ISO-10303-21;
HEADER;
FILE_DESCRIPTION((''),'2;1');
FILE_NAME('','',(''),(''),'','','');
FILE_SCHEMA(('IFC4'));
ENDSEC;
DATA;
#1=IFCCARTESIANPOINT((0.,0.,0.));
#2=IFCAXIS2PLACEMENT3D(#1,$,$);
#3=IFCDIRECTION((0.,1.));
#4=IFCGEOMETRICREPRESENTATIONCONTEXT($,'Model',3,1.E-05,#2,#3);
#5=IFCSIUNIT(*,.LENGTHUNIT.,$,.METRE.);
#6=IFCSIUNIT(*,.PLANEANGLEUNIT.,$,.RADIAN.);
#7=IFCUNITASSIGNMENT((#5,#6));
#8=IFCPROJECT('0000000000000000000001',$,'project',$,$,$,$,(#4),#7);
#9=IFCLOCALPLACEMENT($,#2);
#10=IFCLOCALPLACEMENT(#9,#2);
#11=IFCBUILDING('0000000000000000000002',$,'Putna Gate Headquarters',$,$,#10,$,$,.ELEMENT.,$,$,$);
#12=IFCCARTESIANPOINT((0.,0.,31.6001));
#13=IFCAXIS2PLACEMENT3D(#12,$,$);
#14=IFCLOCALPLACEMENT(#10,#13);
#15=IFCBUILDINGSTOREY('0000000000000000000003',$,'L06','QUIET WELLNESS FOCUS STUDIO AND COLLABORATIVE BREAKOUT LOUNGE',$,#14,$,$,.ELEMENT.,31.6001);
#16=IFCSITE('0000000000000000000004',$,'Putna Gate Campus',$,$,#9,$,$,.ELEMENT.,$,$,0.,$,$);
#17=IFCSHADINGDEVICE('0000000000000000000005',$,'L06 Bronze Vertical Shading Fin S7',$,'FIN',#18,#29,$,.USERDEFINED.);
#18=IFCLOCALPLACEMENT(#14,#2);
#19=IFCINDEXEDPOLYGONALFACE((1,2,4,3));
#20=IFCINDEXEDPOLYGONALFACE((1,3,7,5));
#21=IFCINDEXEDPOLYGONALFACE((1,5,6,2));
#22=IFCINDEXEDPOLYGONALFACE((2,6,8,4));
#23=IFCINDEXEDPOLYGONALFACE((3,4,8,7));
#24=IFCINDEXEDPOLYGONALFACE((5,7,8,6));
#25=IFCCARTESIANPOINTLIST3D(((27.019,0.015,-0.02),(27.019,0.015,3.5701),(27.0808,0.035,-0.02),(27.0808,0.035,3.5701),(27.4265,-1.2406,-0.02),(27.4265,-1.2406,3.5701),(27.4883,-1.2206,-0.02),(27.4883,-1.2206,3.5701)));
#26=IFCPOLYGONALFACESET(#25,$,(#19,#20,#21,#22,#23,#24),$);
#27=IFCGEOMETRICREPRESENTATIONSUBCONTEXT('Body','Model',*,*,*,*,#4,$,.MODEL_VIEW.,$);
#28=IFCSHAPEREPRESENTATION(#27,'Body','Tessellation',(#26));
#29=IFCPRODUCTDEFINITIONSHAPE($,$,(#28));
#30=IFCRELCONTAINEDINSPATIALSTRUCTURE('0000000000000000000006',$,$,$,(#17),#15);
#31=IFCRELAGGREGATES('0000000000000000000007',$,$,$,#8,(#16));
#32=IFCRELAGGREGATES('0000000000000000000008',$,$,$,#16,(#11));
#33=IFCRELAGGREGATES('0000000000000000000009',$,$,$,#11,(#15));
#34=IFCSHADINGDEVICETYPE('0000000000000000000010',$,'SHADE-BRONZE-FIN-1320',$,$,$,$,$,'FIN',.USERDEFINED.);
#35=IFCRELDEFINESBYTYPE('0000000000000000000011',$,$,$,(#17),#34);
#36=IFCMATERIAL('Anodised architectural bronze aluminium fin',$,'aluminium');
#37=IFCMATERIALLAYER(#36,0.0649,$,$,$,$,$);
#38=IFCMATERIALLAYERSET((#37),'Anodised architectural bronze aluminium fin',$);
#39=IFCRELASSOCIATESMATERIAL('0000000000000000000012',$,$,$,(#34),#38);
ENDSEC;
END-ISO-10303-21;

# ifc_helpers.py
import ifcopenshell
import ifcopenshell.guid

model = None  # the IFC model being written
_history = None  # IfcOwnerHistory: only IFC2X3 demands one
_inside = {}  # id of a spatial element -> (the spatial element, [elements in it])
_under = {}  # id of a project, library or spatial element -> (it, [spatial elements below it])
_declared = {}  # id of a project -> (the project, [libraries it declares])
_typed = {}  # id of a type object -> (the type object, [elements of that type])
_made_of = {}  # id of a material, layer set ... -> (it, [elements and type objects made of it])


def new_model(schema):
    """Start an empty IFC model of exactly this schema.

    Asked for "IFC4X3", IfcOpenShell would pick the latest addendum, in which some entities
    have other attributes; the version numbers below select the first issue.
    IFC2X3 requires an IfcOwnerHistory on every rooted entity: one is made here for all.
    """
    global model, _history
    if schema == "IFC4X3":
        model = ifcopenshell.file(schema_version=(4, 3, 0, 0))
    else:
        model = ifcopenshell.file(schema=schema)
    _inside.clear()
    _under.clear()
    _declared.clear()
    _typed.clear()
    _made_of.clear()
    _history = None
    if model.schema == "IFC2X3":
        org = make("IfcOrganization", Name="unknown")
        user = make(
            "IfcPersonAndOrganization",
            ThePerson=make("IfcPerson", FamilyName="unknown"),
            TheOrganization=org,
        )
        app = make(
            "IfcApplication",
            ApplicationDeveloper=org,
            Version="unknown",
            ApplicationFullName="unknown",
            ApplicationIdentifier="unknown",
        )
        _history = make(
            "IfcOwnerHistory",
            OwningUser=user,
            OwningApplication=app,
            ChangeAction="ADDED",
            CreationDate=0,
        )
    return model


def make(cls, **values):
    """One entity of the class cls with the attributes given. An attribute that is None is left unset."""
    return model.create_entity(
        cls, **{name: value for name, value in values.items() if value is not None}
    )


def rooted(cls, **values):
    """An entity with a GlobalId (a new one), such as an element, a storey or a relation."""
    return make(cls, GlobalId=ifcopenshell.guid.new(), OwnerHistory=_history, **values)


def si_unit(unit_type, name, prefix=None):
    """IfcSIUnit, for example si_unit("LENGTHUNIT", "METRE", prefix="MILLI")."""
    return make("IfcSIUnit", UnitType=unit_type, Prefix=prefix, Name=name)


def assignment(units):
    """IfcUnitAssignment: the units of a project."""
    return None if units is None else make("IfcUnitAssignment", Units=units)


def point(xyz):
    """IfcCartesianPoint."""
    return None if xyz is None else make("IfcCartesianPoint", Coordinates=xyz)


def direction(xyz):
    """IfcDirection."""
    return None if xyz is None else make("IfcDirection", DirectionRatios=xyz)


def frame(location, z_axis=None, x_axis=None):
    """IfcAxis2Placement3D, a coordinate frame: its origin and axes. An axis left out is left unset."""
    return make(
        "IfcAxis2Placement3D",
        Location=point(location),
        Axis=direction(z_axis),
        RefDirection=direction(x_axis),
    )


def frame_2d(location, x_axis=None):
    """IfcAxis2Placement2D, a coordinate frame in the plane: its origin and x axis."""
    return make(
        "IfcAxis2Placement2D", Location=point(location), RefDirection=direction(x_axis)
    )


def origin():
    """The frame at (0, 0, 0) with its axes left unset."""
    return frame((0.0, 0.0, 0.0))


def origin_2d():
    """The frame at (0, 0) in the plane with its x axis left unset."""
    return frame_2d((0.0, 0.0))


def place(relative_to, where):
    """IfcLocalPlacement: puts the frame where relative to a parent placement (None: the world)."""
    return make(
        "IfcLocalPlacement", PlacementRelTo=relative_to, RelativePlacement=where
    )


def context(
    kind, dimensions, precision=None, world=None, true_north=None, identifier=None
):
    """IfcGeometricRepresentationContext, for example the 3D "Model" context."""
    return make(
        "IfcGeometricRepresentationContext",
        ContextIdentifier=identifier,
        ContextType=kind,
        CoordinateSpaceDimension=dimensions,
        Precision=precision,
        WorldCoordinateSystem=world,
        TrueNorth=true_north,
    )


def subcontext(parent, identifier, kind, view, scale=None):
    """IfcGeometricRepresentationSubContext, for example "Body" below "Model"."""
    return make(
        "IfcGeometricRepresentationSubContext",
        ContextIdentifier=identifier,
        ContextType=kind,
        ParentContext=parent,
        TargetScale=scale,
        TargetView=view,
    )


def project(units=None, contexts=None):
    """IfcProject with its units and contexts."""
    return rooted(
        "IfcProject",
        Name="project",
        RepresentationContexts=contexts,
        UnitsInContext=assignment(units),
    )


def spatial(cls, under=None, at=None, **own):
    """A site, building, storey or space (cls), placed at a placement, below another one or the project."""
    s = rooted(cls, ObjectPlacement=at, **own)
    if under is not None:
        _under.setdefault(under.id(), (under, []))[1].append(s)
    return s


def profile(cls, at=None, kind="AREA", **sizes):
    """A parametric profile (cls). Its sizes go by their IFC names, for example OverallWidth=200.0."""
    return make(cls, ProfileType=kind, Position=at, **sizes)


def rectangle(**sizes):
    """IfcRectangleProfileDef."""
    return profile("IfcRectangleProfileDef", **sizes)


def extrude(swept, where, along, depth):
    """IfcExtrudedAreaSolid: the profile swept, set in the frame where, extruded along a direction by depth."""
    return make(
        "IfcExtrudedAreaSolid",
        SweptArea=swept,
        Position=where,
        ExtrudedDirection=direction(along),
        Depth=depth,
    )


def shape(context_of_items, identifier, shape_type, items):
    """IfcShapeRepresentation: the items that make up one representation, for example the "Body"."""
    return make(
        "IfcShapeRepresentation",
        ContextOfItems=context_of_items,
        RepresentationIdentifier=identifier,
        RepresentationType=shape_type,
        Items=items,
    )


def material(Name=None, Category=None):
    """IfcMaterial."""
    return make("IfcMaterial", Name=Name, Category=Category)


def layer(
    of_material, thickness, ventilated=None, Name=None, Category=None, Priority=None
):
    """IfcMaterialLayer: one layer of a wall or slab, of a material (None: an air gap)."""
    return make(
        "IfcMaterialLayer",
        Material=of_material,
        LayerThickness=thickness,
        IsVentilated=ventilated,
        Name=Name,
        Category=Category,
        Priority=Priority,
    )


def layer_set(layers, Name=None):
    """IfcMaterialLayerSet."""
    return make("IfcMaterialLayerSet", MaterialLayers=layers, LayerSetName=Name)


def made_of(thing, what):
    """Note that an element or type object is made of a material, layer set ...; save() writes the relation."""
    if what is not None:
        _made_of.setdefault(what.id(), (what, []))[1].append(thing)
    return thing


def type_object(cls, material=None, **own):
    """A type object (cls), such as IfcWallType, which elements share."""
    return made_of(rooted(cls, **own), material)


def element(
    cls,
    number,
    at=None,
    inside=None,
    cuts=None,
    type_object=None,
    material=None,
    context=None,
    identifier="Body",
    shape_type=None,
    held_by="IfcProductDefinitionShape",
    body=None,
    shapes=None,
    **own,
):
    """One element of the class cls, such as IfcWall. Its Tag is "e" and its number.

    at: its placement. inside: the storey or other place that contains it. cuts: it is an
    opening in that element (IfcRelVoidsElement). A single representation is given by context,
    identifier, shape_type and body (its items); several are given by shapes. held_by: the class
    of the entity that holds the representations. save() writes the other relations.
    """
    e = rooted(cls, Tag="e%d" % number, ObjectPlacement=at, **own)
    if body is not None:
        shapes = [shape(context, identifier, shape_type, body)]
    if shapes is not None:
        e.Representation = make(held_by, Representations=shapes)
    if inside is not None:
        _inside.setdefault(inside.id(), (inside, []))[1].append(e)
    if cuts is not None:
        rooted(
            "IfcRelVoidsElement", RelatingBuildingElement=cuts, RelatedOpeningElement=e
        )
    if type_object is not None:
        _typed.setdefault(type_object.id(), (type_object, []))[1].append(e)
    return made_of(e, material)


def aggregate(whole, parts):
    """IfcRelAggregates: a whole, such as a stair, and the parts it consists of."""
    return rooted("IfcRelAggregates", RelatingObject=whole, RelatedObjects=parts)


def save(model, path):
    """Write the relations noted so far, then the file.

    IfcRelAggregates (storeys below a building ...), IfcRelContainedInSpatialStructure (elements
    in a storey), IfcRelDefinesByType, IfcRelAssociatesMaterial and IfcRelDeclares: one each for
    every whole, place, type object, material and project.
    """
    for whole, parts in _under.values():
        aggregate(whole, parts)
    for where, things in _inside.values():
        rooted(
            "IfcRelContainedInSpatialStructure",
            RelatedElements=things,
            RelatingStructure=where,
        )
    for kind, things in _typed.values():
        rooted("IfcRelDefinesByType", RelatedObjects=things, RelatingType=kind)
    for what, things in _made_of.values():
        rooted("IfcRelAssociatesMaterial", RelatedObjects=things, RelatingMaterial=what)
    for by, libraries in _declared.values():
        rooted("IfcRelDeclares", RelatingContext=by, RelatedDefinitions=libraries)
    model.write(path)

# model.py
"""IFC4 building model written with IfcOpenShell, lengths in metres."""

from ifc_helpers import new_model, si_unit, direction, frame, origin, origin_2d, place, context, subcontext, project, spatial, rectangle, extrude, material, layer, layer_set, type_object, element, save


model = new_model("IFC4")

# Units and contexts
model_context = context("Model", 3, precision=1e-05, world=origin(), true_north=direction((0.0, 1.0)))
body_context = subcontext(model_context, "Body", "Model", "MODEL_VIEW")
ifc_project = project(units=[si_unit("LENGTHUNIT", "METRE"), si_unit("PLANEANGLEUNIT", "RADIAN")], contexts=[model_context])

# Site, building, storey
site_placement = place(None, origin())
site = spatial("IfcSite", under=ifc_project, at=site_placement, Name="Putna Gate Campus", CompositionType="ELEMENT", RefElevation=0.0)
building_placement = place(site_placement, origin())
building = spatial("IfcBuilding", under=site, at=building_placement, Name="Putna Gate Headquarters", CompositionType="ELEMENT")
storey_placement = place(building_placement, frame((0.0, 0.0, 31.6001)))
storey = spatial("IfcBuildingStorey", under=building, at=storey_placement, Name="L06", Description="QUIET WELLNESS FOCUS STUDIO AND COLLABORATIVE BREAKOUT LOUNGE", CompositionType="ELEMENT", Elevation=31.6001)

# Shading device
ifc_material_1 = material(Name="Anodised architectural bronze aluminium fin", Category="aluminium")
ifc_layer_1 = layer(ifc_material_1, 0.0649)
ifc_layer_set_1 = layer_set([ifc_layer_1], Name="Anodised architectural bronze aluminium fin")
shading_device_type = type_object("IfcShadingDeviceType", Name="SHADE-BRONZE-FIN-1320", ElementType="FIN", PredefinedType="USERDEFINED", material=ifc_layer_set_1)
for number, where, z_axis, x_axis, name in (
    (1, (27.2537, -0.6028, -0.02), (0.0, 0.0, 1.0), (0.308685, -0.951164, 0.0), "L06 Bronze Vertical Shading Fin S7"),
):
    element("IfcShadingDevice", number, at=place(storey_placement, frame(where, z_axis=z_axis, x_axis=x_axis)), inside=storey, type_object=shading_device_type, Name=name, ObjectType="FIN", PredefinedType="USERDEFINED", context=body_context, shape_type="SweptSolid", body=[
        extrude(rectangle(XDim=1.3201, YDim=0.0649, at=origin_2d()), origin(), (0.0, 0.0, 1.0), 3.5901),
    ])

save(model, "model.ifc")
